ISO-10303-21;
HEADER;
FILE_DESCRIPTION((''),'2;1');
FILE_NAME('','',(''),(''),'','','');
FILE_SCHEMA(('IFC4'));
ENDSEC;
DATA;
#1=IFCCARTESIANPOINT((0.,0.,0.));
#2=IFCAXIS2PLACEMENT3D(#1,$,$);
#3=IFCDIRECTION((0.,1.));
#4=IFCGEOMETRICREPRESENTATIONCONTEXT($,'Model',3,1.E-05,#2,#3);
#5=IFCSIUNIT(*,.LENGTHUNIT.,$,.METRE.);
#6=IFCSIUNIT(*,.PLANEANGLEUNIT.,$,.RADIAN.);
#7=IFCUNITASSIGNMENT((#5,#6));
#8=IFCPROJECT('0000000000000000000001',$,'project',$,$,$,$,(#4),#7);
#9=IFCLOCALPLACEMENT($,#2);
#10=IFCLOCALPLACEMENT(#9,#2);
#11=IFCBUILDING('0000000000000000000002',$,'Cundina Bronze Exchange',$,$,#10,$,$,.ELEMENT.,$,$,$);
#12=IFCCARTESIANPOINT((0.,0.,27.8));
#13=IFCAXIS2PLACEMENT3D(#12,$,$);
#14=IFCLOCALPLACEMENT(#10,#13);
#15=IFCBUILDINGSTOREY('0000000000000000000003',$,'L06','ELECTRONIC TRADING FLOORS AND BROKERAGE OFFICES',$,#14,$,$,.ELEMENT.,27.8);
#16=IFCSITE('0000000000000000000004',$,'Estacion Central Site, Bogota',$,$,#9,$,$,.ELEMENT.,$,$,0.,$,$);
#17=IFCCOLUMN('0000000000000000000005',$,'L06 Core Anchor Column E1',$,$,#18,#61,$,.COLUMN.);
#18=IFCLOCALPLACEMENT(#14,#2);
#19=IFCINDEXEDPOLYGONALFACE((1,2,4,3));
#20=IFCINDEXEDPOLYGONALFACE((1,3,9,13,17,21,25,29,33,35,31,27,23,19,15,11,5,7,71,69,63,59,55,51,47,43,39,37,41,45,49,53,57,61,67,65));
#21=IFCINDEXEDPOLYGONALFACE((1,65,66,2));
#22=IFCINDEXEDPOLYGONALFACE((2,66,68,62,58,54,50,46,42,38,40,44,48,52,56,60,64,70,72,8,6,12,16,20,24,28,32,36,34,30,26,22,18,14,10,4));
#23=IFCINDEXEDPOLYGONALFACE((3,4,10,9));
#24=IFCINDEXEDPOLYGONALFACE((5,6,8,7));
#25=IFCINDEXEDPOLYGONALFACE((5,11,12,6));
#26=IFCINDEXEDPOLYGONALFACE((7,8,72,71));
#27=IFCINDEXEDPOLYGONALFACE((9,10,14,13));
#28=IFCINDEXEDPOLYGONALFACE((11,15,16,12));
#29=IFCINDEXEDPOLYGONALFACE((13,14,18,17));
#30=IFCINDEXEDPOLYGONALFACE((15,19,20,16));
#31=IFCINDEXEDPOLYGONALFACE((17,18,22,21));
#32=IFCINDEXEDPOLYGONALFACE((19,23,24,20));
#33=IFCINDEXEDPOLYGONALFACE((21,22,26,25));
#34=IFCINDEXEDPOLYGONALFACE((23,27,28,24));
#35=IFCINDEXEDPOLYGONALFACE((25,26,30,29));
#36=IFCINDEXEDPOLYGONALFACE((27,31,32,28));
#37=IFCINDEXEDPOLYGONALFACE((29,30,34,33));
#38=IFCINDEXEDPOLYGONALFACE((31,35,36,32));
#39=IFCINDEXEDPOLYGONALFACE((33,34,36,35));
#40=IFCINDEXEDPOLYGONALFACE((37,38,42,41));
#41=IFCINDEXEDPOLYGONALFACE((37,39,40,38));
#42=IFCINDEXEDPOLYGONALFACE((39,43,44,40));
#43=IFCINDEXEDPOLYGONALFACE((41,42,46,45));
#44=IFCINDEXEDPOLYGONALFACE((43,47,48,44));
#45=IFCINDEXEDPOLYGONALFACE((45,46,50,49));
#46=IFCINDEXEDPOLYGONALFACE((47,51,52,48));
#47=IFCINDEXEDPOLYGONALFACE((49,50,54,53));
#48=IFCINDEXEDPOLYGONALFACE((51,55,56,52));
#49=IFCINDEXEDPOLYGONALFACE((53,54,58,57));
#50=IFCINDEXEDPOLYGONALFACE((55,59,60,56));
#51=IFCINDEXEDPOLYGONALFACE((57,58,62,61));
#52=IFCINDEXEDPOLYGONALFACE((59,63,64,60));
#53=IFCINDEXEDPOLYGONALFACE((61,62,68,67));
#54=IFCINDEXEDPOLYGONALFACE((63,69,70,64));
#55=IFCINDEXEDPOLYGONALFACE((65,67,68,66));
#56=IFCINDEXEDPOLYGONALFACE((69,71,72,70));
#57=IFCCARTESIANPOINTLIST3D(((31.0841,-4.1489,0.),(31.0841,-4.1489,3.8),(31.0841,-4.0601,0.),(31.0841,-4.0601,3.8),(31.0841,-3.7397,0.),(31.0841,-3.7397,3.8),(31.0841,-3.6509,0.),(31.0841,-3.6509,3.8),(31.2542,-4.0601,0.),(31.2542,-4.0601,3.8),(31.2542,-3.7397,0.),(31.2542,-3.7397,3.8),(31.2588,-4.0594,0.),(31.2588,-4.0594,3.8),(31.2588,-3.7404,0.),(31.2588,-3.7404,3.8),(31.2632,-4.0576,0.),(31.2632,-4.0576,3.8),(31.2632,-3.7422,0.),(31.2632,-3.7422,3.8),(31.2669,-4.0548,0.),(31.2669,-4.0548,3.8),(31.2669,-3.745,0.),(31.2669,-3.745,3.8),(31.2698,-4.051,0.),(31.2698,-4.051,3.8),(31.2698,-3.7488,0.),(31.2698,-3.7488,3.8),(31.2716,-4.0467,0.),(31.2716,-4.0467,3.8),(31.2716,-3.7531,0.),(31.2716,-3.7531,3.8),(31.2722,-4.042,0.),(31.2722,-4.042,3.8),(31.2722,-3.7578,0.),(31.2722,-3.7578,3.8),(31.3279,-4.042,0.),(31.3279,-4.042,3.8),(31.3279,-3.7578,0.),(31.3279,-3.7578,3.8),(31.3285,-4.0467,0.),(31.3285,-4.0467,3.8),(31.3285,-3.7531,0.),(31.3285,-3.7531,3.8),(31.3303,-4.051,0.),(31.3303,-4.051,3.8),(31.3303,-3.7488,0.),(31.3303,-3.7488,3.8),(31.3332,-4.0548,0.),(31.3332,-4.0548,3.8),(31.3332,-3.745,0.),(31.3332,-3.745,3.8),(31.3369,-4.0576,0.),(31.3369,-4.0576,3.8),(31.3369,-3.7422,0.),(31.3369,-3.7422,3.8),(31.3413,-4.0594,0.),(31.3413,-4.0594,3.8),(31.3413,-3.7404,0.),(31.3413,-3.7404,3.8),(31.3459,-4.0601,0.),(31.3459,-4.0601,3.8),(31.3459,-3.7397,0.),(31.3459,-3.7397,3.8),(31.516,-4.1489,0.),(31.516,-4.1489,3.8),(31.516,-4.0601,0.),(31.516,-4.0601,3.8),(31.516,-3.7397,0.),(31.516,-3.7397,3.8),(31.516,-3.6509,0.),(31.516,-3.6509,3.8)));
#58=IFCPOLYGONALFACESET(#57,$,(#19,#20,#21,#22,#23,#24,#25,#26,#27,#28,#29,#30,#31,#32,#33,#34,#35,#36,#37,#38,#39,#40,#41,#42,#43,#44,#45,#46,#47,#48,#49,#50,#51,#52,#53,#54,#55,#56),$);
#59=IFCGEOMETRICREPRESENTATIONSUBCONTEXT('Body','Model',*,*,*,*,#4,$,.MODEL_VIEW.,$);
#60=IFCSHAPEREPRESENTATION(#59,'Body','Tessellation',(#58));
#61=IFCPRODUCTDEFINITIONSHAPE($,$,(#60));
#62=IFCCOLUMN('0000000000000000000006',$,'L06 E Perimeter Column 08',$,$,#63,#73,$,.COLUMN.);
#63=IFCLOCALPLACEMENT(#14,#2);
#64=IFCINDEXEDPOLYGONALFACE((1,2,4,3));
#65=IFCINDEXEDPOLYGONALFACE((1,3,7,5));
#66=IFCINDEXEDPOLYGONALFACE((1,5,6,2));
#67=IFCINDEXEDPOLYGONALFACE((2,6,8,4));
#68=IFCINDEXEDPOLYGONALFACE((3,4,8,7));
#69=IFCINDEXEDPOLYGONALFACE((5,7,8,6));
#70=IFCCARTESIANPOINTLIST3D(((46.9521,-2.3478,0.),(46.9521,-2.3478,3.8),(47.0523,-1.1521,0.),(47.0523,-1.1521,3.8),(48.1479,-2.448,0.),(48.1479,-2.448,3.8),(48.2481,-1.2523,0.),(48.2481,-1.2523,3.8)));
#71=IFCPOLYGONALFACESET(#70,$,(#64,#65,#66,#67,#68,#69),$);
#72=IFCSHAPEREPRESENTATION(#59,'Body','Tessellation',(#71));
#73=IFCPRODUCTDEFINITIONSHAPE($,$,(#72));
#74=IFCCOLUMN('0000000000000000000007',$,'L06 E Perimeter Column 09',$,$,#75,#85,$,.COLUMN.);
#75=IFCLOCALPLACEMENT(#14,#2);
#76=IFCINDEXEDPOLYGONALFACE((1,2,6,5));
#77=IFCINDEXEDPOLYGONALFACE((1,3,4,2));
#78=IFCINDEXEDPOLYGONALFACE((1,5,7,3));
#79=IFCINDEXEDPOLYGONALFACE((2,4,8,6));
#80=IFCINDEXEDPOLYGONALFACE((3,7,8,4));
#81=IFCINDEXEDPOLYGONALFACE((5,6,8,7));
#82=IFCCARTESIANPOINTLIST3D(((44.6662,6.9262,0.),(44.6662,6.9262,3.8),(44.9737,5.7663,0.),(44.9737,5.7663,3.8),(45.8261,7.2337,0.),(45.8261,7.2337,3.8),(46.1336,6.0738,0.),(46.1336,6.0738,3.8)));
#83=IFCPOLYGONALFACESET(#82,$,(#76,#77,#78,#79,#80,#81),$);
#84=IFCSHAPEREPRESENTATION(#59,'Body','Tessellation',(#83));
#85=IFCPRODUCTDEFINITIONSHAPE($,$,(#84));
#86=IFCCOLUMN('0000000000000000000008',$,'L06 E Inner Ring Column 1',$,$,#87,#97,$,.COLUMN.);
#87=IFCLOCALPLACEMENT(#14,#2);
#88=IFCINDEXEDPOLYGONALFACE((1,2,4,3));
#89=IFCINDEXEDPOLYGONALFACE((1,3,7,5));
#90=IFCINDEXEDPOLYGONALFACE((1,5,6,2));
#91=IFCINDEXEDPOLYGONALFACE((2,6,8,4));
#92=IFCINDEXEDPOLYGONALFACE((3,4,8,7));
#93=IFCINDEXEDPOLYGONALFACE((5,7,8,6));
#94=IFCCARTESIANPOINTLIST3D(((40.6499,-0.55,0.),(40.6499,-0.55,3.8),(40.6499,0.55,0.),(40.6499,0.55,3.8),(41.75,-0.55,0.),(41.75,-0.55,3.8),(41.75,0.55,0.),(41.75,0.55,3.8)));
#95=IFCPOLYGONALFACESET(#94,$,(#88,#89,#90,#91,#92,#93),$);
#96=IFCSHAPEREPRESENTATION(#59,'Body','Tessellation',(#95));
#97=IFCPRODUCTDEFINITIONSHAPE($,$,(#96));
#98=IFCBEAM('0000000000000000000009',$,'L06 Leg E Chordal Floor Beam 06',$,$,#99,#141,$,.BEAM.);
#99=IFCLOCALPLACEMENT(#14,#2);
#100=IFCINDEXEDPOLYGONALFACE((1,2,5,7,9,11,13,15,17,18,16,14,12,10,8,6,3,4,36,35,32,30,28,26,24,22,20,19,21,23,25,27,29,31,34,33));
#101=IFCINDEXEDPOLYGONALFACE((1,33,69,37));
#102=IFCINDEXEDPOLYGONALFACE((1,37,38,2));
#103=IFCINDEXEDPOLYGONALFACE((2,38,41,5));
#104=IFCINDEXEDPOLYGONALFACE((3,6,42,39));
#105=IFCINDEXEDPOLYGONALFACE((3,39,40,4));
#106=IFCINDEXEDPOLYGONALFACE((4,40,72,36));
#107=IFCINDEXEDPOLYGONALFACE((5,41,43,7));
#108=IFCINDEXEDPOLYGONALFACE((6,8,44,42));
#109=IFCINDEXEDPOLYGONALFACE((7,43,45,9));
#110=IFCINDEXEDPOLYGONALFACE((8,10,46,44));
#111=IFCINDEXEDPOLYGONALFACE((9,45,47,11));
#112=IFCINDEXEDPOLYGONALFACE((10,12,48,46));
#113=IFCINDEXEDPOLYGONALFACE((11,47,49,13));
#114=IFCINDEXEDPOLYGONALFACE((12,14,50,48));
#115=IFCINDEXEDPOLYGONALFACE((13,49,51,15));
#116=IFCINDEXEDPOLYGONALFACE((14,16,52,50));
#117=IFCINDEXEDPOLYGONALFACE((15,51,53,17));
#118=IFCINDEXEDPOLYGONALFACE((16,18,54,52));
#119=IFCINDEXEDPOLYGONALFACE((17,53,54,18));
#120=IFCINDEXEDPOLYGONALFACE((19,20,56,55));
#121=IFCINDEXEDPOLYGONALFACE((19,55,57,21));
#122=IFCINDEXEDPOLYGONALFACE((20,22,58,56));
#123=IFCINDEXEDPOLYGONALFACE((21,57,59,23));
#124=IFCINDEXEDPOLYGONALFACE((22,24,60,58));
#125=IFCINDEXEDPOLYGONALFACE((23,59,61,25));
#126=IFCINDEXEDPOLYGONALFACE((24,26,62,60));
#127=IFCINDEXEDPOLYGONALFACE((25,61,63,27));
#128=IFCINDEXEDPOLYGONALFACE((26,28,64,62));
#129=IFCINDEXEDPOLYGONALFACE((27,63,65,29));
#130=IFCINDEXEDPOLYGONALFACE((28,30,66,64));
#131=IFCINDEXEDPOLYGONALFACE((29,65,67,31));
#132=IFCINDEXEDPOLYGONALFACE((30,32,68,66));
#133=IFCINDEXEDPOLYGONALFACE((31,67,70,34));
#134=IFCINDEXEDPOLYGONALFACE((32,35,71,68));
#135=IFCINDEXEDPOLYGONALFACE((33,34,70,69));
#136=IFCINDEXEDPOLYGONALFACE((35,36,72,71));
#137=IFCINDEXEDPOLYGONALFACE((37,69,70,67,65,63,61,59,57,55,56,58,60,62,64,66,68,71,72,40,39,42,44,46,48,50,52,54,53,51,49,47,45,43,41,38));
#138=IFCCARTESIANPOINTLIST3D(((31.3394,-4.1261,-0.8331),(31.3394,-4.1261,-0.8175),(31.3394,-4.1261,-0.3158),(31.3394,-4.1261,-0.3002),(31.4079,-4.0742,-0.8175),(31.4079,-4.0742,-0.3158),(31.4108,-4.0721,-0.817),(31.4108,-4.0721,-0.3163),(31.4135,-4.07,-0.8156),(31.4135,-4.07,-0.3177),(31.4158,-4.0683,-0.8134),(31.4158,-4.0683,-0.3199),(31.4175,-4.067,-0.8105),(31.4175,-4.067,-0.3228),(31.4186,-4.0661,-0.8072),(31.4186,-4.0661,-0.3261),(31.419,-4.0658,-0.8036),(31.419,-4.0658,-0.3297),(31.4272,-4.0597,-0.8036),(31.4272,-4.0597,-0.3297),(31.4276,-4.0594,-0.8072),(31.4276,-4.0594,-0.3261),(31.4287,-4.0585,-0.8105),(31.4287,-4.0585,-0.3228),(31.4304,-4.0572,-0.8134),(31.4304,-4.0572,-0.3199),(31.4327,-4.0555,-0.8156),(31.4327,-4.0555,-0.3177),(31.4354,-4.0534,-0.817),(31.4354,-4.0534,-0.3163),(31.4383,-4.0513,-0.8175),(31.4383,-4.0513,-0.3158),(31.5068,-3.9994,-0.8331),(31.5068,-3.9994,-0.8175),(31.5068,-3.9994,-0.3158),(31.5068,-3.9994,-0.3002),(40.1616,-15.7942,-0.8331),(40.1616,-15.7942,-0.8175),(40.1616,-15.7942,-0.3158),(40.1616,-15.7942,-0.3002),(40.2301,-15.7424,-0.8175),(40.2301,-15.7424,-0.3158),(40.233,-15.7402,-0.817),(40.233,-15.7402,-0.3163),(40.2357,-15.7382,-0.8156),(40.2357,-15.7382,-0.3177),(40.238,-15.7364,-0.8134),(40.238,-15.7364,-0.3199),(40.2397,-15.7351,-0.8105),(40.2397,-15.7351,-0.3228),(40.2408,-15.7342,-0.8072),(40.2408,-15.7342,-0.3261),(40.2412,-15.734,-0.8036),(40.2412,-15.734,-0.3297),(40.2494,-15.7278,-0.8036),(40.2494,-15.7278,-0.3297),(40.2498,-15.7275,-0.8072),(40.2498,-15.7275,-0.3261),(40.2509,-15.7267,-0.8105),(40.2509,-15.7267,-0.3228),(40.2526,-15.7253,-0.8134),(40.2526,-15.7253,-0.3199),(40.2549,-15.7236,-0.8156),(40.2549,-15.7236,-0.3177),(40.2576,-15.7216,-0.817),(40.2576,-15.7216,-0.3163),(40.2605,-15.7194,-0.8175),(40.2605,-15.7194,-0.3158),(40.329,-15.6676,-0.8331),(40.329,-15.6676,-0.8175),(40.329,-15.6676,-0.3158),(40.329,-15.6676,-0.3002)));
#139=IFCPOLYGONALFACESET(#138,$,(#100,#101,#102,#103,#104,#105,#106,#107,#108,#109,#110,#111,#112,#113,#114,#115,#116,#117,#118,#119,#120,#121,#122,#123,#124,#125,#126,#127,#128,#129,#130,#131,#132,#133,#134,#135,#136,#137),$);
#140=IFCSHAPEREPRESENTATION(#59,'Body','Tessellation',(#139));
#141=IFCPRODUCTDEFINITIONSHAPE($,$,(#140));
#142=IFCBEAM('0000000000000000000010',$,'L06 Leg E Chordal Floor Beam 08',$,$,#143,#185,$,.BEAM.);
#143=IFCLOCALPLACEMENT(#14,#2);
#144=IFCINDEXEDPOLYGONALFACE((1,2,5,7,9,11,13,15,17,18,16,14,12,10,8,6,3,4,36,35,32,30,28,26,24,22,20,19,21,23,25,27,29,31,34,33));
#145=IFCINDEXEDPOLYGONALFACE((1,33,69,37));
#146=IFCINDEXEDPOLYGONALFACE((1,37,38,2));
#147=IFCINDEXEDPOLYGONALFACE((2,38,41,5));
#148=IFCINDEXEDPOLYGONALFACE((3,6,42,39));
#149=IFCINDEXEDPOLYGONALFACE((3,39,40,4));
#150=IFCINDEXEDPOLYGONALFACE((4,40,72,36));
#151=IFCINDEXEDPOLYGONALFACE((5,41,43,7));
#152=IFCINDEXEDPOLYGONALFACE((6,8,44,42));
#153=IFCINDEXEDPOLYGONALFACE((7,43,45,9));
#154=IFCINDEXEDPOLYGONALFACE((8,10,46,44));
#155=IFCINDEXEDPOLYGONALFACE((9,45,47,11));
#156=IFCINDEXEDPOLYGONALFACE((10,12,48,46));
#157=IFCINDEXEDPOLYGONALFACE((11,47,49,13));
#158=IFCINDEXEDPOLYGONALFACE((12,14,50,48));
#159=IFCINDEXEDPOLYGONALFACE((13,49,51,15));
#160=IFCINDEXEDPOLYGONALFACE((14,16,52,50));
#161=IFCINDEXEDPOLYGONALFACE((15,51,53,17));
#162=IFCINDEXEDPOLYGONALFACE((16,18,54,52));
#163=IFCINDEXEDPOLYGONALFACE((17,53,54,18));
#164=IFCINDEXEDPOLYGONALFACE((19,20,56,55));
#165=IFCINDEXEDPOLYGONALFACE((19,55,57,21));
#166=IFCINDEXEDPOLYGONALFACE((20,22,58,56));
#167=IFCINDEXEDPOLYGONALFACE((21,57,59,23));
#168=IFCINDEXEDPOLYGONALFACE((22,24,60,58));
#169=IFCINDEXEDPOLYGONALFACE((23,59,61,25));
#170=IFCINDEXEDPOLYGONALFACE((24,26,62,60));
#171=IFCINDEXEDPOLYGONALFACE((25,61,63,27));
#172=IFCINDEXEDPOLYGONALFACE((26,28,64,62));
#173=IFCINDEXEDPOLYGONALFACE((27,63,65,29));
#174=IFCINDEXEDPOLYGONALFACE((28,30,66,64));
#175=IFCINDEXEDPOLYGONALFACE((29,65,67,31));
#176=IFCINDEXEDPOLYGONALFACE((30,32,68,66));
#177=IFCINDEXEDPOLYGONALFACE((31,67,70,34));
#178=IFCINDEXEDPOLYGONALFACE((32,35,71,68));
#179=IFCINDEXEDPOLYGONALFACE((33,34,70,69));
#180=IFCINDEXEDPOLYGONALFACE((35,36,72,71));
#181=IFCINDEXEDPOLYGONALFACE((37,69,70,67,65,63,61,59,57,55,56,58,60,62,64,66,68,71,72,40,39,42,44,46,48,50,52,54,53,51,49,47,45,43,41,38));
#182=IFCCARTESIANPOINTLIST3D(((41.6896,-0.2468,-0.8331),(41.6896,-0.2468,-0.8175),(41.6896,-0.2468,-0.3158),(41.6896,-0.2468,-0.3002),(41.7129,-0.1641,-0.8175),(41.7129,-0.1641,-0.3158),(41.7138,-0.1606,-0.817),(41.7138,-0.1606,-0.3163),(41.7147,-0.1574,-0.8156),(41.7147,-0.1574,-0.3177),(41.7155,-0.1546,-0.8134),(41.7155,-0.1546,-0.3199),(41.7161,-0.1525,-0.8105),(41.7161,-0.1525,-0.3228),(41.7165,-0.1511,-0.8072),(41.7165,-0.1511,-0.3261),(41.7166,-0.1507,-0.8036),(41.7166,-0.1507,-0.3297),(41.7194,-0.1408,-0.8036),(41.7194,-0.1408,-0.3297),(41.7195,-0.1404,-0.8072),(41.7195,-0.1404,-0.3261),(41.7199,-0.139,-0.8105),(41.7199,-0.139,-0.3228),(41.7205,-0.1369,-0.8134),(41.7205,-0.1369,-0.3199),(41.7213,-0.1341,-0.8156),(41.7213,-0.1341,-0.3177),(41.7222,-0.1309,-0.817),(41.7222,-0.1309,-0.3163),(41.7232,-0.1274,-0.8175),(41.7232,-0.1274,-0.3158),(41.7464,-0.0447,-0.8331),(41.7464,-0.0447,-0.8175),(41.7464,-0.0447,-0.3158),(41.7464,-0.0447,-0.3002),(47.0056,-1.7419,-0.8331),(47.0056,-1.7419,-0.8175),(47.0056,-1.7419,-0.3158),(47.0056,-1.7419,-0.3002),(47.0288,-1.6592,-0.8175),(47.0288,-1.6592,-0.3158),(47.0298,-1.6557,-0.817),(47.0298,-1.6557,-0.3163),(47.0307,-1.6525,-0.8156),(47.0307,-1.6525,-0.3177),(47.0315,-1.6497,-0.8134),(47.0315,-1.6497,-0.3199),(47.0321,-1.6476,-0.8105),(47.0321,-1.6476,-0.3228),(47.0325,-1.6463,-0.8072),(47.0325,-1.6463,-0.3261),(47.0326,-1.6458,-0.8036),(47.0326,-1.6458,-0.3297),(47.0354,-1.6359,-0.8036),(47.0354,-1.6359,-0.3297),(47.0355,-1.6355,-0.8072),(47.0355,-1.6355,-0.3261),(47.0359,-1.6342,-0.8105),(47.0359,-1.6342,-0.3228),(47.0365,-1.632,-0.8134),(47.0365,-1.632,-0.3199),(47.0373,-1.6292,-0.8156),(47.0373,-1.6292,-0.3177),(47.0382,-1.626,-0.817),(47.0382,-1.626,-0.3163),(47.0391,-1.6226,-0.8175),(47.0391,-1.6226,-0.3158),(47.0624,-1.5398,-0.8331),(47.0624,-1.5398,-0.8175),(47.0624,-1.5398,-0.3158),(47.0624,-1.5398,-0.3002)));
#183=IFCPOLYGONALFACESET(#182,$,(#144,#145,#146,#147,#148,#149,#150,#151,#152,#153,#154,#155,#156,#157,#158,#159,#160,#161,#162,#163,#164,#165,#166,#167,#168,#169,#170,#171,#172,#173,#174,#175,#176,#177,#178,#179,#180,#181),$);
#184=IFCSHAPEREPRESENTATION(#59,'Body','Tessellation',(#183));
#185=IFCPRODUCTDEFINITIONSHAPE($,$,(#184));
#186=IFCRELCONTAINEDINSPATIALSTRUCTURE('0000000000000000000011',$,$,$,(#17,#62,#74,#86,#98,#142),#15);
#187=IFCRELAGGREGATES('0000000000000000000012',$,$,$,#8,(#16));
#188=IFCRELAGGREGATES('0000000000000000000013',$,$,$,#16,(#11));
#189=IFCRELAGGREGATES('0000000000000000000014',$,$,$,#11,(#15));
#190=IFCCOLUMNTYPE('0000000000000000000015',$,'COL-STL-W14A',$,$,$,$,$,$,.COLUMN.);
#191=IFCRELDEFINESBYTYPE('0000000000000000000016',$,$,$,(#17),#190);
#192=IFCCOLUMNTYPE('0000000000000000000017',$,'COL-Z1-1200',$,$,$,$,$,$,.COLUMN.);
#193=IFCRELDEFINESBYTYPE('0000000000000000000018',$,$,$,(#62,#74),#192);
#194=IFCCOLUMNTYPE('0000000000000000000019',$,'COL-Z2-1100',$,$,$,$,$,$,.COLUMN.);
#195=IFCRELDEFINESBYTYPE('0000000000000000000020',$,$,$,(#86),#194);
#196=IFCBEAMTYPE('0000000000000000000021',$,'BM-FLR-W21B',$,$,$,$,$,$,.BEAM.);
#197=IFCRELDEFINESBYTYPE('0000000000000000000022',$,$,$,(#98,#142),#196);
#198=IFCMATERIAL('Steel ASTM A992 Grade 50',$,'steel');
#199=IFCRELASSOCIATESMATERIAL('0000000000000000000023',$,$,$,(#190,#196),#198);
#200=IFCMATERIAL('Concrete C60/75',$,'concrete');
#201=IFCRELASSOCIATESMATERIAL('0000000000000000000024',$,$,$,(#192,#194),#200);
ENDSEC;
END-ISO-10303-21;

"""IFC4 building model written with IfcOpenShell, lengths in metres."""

from ifc_helpers import new_model, si_unit, direction, frame, origin, origin_2d, place, context, subcontext, project, spatial, rectangle, i_section, extrude, material, material_profile, profile_set, type_object, element, save


model = new_model("IFC4")

# Units and contexts
model_context = context("Model", 3, precision=1e-05, world=origin(), true_north=direction((0.0, 1.0)))
body_context = subcontext(model_context, "Body", "Model", "MODEL_VIEW")
ifc_project = project(units=[si_unit("LENGTHUNIT", "METRE"), si_unit("PLANEANGLEUNIT", "RADIAN")], contexts=[model_context])

# Site, building, storey
site_placement = place(None, origin())
site = spatial("IfcSite", under=ifc_project, at=site_placement, Name="Estacion Central Site, Bogota", CompositionType="ELEMENT", RefElevation=0.0)
building_placement = place(site_placement, origin())
building = spatial("IfcBuilding", under=site, at=building_placement, Name="Cundina Bronze Exchange", CompositionType="ELEMENT")
storey_placement = place(building_placement, frame((0.0, 0.0, 27.8)))
storey = spatial("IfcBuildingStorey", under=building, at=storey_placement, Name="L06", Description="ELECTRONIC TRADING FLOORS AND BROKERAGE OFFICES", CompositionType="ELEMENT", Elevation=27.8)

# Columns
ifc_material_1 = material(Name="Steel ASTM A992 Grade 50", Category="steel")
ifc_material_profile_1 = material_profile(ifc_material_1, i_section(OverallWidth=0.4319, OverallDepth=0.498, WebThickness=0.0557, FlangeThickness=0.0889, FilletRadius=0.0181, at=origin_2d()), Name="W14X500", Category="steel")
ifc_profile_set_1 = profile_set([ifc_material_profile_1], Name="Steel ASTM A992 Grade 50")
column_type_1 = type_object("IfcColumnType", Name="COL-STL-W14A", PredefinedType="COLUMN", material=ifc_profile_set_1)
column_1_placement = place(storey_placement, frame((31.3, -3.8999, 0.0), z_axis=(0.0, 0.0, 1.0), x_axis=(1.0, 0.0, 0.0)))
element("IfcColumn", 1, at=column_1_placement, inside=storey, type_object=column_type_1, Name="L06 Core Anchor Column E1", PredefinedType="COLUMN", context=body_context, shape_type="SweptSolid", body=[
    extrude(i_section(OverallWidth=0.4319, OverallDepth=0.498, WebThickness=0.0557, FlangeThickness=0.0889, FilletRadius=0.0181, at=origin_2d()), origin(), (0.0, 0.0, 1.0), 3.8),
])
ifc_material_2 = material(Name="Concrete C60/75", Category="concrete")
ifc_material_profile_2 = material_profile(ifc_material_2, rectangle(XDim=1.2, YDim=1.2, at=origin_2d()), Name="RC1200X1200", Category="concrete")
ifc_profile_set_2 = profile_set([ifc_material_profile_2], Name="Concrete C60/75")
column_type_2 = type_object("IfcColumnType", Name="COL-Z1-1200", PredefinedType="COLUMN", material=ifc_profile_set_2)
for number, where, z_axis, x_axis, name in (
    (2, (47.6001, -1.8, 0.0), (0.0, 0.0, 1.0), (0.083504, 0.996507, 0.0), "L06 E Perimeter Column 08"),
    (3, (45.3999, 6.5, 0.0), (0.0, 0.0, 1.0), (-0.256289, 0.9666, 0.0), "L06 E Perimeter Column 09"),
):
    element("IfcColumn", number, at=place(storey_placement, frame(where, z_axis=z_axis, x_axis=x_axis)), inside=storey, type_object=column_type_2, Name=name, PredefinedType="COLUMN", context=body_context, shape_type="SweptSolid", body=[
        extrude(rectangle(XDim=1.2, YDim=1.2, at=origin_2d()), origin(), (0.0, 0.0, 1.0), 3.8),
    ])
ifc_material_profile_3 = material_profile(ifc_material_2, rectangle(XDim=1.1001, YDim=1.1001, at=origin_2d()), Name="RC1100X1100", Category="concrete")
ifc_profile_set_3 = profile_set([ifc_material_profile_3], Name="Concrete C60/75")
column_type_3 = type_object("IfcColumnType", Name="COL-Z2-1100", PredefinedType="COLUMN", material=ifc_profile_set_3)
column_2_placement = place(storey_placement, frame((41.2, 0.0, 0.0), z_axis=(0.0, 0.0, 1.0), x_axis=(1.0, 0.0, 0.0)))
element("IfcColumn", 4, at=column_2_placement, inside=storey, type_object=column_type_3, Name="L06 E Inner Ring Column 1", PredefinedType="COLUMN", context=body_context, shape_type="SweptSolid", body=[
    extrude(rectangle(XDim=1.1001, YDim=1.1001, at=origin_2d()), origin(), (0.0, 0.0, 1.0), 3.8),
])

# Beams
ifc_material_profile_4 = material_profile(ifc_material_1, i_section(OverallWidth=0.21, OverallDepth=0.533, WebThickness=0.0103, FlangeThickness=0.0156, FilletRadius=0.0139, at=origin_2d()), Name="W21X62", Category="steel")
ifc_profile_set_4 = profile_set([ifc_material_profile_4], Name="Steel ASTM A992 Grade 50")
beam_type_1 = type_object("IfcBeamType", Name="BM-FLR-W21B", PredefinedType="BEAM", material=ifc_profile_set_4)
beam_1_placement = place(storey_placement, frame((31.4231, -4.0627, -0.5667), z_axis=(0.603106, -0.797661, 0.0), x_axis=(0.797661, 0.603106, 0.0)))
element("IfcBeam", 5, at=beam_1_placement, inside=storey, type_object=beam_type_1, Name="L06 Leg E Chordal Floor Beam 06", PredefinedType="BEAM", context=body_context, shape_type="SweptSolid", body=[
    extrude(i_section(OverallWidth=0.21, OverallDepth=0.533, WebThickness=0.0103, FlangeThickness=0.0156, FilletRadius=0.0139, at=origin_2d()), origin(), (0.0, 0.0, 1.0), 14.6279),
])
beam_2_placement = place(storey_placement, frame((41.718, -0.1458, -0.5667), z_axis=(0.96265, -0.270748, 0.0), x_axis=(0.270748, 0.96265, 0.0)))
element("IfcBeam", 6, at=beam_2_placement, inside=storey, type_object=beam_type_1, Name="L06 Leg E Chordal Floor Beam 08", PredefinedType="BEAM", context=body_context, shape_type="SweptSolid", body=[
    extrude(i_section(OverallWidth=0.21, OverallDepth=0.533, WebThickness=0.0103, FlangeThickness=0.0156, FilletRadius=0.0139, at=origin_2d()), origin(), (0.0, 0.0, 1.0), 5.5222),
])

save(model, "model.ifc")
